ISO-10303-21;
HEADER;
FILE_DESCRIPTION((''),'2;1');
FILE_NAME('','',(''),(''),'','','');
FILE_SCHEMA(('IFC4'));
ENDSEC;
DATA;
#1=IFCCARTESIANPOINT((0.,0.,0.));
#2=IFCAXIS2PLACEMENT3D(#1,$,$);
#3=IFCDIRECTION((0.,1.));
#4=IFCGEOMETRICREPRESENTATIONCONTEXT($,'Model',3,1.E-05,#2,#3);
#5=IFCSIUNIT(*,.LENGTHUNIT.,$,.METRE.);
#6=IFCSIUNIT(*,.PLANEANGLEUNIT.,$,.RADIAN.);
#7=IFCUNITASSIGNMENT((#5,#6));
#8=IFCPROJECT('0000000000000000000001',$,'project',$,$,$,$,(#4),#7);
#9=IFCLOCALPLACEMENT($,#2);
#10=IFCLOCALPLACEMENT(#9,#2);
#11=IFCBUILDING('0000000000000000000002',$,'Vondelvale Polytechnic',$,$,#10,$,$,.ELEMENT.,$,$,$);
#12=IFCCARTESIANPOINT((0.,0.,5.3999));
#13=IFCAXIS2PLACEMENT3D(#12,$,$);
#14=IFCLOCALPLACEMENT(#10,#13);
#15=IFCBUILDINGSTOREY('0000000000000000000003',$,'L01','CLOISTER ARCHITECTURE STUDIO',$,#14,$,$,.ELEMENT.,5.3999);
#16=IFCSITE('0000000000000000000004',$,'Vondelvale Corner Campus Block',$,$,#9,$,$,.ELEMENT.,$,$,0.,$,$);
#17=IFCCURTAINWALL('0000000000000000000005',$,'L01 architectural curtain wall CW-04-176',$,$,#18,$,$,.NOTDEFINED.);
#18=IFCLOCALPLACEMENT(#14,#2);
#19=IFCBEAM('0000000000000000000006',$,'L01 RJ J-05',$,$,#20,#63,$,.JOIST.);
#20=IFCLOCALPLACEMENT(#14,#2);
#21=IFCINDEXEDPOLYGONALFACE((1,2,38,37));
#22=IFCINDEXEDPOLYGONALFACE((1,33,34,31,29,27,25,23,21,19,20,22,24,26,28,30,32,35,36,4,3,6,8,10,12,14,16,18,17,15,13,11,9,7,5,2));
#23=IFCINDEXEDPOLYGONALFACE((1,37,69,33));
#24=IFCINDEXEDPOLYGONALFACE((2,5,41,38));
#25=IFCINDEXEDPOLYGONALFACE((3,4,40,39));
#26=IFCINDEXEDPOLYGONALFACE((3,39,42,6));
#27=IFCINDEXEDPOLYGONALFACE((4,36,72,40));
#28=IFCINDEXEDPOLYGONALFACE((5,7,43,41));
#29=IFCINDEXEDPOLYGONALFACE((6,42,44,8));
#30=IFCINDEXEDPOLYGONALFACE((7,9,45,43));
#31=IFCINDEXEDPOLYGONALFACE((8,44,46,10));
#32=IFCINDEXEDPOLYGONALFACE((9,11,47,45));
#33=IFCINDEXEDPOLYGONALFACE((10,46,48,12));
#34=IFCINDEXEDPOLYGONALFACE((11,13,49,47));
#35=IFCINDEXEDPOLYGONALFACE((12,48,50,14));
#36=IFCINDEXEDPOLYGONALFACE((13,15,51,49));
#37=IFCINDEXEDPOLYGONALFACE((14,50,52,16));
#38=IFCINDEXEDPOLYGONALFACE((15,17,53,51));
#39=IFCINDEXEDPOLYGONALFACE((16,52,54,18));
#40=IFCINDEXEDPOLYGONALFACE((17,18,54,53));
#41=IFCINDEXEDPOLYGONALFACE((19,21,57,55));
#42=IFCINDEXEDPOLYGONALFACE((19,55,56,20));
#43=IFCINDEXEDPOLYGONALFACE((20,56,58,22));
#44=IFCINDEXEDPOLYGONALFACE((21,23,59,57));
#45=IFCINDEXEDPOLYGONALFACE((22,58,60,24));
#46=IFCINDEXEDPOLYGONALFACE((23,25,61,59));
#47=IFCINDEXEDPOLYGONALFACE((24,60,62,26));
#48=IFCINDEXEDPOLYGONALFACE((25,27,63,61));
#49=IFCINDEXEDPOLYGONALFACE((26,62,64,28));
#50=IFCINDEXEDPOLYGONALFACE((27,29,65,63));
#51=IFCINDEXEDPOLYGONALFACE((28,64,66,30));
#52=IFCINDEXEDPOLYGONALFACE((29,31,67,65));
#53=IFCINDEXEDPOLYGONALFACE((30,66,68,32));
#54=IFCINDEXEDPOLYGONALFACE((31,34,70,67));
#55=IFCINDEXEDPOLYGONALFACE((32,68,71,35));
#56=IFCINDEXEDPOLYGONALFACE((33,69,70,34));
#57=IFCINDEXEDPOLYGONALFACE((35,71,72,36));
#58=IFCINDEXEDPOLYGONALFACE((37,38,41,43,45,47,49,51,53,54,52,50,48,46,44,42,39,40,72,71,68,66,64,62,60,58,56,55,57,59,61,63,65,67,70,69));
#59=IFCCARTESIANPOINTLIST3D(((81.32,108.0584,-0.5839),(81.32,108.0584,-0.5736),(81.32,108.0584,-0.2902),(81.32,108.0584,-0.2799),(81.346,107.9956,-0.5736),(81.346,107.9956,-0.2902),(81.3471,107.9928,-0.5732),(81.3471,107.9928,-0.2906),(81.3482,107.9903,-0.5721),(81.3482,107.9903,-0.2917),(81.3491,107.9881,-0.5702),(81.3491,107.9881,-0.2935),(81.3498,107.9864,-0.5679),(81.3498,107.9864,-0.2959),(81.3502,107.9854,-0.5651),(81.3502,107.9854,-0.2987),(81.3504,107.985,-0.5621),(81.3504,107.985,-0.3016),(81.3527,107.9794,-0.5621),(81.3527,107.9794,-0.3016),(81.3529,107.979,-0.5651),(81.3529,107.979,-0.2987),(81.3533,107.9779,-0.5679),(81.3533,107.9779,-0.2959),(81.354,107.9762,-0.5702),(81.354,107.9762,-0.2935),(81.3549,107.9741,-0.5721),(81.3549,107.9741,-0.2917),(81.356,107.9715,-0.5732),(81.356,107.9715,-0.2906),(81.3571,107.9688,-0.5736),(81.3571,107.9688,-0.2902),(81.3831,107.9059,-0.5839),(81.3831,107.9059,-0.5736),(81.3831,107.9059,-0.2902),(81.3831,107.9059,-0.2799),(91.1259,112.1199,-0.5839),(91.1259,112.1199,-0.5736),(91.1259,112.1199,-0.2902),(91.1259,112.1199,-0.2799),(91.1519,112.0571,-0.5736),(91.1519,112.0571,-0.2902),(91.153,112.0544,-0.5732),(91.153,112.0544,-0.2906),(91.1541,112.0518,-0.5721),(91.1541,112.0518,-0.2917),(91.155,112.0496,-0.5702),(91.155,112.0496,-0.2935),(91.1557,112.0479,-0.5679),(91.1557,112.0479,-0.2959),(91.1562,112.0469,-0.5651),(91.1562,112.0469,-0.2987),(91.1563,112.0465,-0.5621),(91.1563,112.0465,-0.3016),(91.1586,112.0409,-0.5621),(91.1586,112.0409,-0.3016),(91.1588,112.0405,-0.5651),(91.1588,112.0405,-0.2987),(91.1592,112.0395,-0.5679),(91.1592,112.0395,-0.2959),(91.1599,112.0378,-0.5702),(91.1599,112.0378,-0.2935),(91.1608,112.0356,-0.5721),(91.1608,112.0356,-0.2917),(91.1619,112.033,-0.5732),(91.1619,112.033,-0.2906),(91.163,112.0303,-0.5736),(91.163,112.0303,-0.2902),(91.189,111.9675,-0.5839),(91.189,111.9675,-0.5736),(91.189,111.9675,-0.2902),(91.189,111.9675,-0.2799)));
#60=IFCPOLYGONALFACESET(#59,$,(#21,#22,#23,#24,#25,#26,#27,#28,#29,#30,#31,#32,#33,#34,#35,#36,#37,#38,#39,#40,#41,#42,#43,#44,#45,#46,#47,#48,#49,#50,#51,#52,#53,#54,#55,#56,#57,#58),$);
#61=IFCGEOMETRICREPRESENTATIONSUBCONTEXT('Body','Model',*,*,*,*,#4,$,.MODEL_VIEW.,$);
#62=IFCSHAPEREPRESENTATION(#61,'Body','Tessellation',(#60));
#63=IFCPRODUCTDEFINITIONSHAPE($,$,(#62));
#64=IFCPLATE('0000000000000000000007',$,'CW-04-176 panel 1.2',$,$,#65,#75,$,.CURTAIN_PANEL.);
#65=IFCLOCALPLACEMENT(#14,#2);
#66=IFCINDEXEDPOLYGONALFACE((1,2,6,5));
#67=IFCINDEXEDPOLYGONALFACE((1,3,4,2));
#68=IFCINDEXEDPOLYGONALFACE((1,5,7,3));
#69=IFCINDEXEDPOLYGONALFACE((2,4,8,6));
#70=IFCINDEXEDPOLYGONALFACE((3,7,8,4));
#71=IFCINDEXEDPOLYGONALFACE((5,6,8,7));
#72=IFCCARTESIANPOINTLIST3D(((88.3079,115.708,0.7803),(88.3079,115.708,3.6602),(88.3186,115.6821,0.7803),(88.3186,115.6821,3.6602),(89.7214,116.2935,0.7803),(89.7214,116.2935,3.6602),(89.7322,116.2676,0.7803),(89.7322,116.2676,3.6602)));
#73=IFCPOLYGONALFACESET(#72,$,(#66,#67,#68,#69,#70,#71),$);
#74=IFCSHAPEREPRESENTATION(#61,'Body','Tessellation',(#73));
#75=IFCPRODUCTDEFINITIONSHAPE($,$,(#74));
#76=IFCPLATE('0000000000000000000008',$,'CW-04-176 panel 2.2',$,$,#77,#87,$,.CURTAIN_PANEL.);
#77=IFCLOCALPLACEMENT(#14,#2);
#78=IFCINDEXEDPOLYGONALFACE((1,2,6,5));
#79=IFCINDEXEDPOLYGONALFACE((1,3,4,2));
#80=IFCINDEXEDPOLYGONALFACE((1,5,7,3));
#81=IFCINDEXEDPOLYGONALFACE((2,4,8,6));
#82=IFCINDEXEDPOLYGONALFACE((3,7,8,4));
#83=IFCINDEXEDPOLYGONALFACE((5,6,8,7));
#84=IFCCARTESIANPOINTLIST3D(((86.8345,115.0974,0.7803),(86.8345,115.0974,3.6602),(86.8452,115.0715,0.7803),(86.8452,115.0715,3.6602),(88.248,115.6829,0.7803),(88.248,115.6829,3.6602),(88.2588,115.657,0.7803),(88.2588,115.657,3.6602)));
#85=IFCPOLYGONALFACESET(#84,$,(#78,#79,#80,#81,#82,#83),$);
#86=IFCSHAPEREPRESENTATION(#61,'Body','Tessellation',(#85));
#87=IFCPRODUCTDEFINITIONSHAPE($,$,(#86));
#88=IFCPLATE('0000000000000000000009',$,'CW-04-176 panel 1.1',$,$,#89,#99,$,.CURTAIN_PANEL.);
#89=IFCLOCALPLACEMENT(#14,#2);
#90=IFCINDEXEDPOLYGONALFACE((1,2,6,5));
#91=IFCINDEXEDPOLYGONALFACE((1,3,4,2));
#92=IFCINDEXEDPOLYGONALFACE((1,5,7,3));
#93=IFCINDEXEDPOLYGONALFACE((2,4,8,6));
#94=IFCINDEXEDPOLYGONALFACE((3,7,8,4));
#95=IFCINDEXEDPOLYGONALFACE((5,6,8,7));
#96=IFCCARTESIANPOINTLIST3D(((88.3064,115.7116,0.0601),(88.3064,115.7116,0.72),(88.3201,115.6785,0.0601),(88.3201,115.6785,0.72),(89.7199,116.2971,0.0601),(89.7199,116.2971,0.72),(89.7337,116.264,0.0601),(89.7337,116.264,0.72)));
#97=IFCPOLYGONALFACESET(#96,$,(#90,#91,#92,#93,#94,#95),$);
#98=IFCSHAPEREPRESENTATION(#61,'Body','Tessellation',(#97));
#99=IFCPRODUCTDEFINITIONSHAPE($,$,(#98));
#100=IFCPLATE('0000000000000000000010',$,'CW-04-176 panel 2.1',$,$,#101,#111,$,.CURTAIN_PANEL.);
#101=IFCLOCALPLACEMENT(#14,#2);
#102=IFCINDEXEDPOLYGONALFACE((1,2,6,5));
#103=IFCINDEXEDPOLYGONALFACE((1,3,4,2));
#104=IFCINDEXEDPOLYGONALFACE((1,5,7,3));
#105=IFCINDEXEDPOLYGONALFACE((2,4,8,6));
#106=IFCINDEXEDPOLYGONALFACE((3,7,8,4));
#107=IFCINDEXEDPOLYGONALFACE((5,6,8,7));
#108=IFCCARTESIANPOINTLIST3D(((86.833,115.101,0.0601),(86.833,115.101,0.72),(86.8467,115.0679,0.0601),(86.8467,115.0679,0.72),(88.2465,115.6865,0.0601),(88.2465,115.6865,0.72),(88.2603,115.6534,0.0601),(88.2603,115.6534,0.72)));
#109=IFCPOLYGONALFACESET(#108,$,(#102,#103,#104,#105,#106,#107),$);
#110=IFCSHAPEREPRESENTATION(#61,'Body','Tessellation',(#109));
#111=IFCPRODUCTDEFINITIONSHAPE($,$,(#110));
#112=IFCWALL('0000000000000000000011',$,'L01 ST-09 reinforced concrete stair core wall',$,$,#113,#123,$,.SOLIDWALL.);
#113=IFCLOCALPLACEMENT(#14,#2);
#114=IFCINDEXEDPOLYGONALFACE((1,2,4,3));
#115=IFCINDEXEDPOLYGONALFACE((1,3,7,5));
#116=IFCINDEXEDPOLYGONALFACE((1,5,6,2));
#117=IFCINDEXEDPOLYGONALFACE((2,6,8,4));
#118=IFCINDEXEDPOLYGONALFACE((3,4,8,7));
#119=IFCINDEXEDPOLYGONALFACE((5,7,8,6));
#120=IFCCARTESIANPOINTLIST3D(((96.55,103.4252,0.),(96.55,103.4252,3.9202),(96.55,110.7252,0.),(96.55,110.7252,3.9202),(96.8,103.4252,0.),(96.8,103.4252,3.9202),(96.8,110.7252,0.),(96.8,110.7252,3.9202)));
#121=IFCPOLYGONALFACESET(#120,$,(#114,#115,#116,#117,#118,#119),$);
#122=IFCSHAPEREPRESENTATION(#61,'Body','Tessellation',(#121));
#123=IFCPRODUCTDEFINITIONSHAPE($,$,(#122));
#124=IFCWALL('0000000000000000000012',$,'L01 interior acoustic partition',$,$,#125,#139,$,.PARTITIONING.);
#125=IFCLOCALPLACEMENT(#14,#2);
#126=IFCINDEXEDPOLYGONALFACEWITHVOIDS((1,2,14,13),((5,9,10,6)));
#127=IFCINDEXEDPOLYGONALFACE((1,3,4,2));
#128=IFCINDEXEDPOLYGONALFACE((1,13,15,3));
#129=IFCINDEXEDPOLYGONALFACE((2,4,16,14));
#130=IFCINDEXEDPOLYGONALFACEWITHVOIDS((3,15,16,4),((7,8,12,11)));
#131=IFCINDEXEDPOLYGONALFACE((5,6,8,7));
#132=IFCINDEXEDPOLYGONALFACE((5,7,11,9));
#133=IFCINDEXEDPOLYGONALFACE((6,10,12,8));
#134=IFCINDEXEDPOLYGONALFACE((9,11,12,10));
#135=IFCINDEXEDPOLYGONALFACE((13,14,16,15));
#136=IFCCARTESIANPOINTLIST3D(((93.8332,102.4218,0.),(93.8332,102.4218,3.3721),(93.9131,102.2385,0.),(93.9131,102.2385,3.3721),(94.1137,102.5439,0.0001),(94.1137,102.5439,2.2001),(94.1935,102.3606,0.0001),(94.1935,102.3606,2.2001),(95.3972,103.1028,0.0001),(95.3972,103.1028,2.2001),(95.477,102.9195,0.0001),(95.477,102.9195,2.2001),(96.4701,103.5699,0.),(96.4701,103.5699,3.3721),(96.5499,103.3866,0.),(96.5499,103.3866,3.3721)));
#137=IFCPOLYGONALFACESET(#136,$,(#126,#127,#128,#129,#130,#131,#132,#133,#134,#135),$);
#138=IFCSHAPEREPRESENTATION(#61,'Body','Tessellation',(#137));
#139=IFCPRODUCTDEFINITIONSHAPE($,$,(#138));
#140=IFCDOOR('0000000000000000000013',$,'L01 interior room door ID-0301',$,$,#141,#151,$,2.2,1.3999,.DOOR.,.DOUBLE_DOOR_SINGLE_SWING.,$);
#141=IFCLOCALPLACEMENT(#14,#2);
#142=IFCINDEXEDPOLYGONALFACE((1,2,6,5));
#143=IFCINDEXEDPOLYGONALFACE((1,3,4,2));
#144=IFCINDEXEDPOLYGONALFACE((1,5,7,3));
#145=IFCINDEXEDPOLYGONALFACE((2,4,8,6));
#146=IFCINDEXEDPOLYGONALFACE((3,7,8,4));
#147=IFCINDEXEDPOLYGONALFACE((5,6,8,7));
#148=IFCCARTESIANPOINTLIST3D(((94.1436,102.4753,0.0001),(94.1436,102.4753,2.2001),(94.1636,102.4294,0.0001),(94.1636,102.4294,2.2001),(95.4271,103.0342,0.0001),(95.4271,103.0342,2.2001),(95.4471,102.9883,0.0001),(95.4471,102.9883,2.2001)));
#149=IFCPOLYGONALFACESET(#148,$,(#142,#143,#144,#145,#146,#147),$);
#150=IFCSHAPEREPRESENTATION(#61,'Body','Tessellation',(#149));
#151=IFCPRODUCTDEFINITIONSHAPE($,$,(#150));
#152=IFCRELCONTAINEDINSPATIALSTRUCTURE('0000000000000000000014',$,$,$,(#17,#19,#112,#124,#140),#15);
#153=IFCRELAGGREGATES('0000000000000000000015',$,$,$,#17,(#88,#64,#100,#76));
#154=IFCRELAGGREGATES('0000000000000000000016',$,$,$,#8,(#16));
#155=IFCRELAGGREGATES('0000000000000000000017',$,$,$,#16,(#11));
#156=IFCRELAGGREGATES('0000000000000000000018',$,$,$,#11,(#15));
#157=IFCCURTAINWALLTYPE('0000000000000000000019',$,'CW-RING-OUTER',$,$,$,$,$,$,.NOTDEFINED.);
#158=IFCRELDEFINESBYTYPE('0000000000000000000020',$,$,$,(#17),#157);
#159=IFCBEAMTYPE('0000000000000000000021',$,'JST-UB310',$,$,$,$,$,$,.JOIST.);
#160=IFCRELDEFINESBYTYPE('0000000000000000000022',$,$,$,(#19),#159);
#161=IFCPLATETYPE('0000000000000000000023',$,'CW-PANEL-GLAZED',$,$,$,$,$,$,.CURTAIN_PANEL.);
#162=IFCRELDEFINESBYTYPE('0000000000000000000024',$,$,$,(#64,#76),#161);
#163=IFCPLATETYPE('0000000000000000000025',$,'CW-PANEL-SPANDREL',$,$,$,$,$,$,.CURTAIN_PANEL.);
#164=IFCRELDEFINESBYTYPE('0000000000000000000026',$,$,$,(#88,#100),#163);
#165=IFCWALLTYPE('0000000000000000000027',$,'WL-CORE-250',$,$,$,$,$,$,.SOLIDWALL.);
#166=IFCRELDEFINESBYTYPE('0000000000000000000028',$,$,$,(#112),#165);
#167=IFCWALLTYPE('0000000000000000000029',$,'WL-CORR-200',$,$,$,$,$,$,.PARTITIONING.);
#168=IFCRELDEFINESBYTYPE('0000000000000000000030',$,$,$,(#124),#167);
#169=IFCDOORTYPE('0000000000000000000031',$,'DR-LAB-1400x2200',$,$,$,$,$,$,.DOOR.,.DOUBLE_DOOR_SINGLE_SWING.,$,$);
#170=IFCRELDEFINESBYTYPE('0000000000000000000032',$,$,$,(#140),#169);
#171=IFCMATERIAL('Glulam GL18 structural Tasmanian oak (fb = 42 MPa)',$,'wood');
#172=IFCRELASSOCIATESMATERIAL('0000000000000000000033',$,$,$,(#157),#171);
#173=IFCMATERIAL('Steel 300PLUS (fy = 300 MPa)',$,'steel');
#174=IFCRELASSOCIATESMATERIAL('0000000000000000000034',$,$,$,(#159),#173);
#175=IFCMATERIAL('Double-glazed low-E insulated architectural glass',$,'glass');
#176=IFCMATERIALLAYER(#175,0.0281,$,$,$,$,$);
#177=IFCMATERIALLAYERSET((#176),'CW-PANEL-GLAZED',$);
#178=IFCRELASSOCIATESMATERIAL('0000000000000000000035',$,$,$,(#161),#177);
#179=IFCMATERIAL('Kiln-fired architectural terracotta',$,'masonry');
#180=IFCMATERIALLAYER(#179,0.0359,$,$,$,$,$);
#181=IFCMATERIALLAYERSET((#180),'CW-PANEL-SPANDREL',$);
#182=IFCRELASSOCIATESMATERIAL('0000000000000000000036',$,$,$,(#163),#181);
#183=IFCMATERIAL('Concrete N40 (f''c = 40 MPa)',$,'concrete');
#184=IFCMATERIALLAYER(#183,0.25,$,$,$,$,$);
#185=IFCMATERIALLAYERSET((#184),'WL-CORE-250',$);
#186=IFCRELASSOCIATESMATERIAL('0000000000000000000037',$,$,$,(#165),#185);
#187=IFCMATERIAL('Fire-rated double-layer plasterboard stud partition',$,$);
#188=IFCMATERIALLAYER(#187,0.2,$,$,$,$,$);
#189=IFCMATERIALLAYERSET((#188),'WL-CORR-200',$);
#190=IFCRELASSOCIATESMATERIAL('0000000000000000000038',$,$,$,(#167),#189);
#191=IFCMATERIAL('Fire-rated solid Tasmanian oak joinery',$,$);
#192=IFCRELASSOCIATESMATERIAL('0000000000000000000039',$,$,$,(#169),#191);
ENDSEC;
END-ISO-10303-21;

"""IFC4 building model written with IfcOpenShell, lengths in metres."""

from ifc_helpers import new_model, si_unit, direction, frame, frame_2d, origin, origin_2d, place, context, subcontext, project, spatial, rectangle, i_section, extrude, material, layer, layer_set, material_profile, profile_set, type_object, element, fill, aggregate, save


model = new_model("IFC4")

# Units and contexts
model_context = context("Model", 3, precision=1e-05, world=origin(), true_north=direction((0.0, 1.0)))
body_context = subcontext(model_context, "Body", "Model", "MODEL_VIEW")
ifc_project = project(units=[si_unit("LENGTHUNIT", "METRE"), si_unit("PLANEANGLEUNIT", "RADIAN")], contexts=[model_context])

# Site, building, storey
site_placement = place(None, origin())
site = spatial("IfcSite", under=ifc_project, at=site_placement, Name="Vondelvale Corner Campus Block", CompositionType="ELEMENT", RefElevation=0.0)
building_placement = place(site_placement, origin())
building = spatial("IfcBuilding", under=site, at=building_placement, Name="Vondelvale Polytechnic", CompositionType="ELEMENT")
storey_placement = place(building_placement, frame((0.0, 0.0, 5.3999)))
storey = spatial("IfcBuildingStorey", under=building, at=storey_placement, Name="L01", Description="CLOISTER ARCHITECTURE STUDIO", CompositionType="ELEMENT", Elevation=5.3999)

# Shared definitions
ifc_material_1 = material(Name="Glulam GL18 structural Tasmanian oak (fb = 42 MPa)", Category="wood")
ifc_material_2 = material(Name="Steel 300PLUS (fy = 300 MPa)", Category="steel")

# Curtain wall
curtain_wall_type = type_object("IfcCurtainWallType", Name="CW-RING-OUTER", PredefinedType="NOTDEFINED", material=ifc_material_1)
curtain_wall_1_placement = place(storey_placement, origin())
curtain_wall_1 = element("IfcCurtainWall", 1, at=curtain_wall_1_placement, inside=storey, type_object=curtain_wall_type, Name="L01 architectural curtain wall CW-04-176", PredefinedType="NOTDEFINED")

# Beam
ifc_material_profile_1 = material_profile(ifc_material_2, i_section(OverallWidth=0.165, OverallDepth=0.304, WebThickness=0.0061, FlangeThickness=0.0103, FilletRadius=0.0115, at=origin_2d()), Name="310UB40.4")
ifc_profile_set_1 = profile_set([ifc_material_profile_1], Name="Steel 300PLUS (fy = 300 MPa)")
beam_type_1 = type_object("IfcBeamType", Name="JST-UB310", PredefinedType="JOIST", material=ifc_profile_set_1)
beam_1_placement = place(storey_placement, frame((91.1575, 112.0437, -0.4319), z_axis=(-0.923887, -0.382666, 0.0), x_axis=(0.382666, -0.923887, 0.0)))
element("IfcBeam", 2, at=beam_1_placement, inside=storey, type_object=beam_type_1, Name="L01 RJ J-05", PredefinedType="JOIST", context=body_context, shape_type="SweptSolid", body=[
    extrude(i_section(OverallWidth=0.165, OverallDepth=0.304, WebThickness=0.0061, FlangeThickness=0.0103, FilletRadius=0.0115, at=origin_2d()), origin(), (0.0, 0.0, 1.0), 10.6138),
])

# Plates
ifc_material_3 = material(Name="Double-glazed low-E insulated architectural glass", Category="glass")
ifc_layer_1 = layer(ifc_material_3, 0.0281)
ifc_layer_set_1 = layer_set([ifc_layer_1], Name="CW-PANEL-GLAZED")
plate_type_1 = type_object("IfcPlateType", Name="CW-PANEL-GLAZED", PredefinedType="CURTAIN_PANEL", material=ifc_layer_set_1)
plate_1_placement = place(storey_placement, frame((89.02, 115.9878, 0.7803), z_axis=(0.0, 0.0, 1.0), x_axis=(-0.923882, -0.382677, 0.0)))
plate_1 = element("IfcPlate", 3, at=plate_1_placement, type_object=plate_type_1, Name="CW-04-176 panel 1.2", PredefinedType="CURTAIN_PANEL", context=body_context, shape_type="SweptSolid", body=[
    extrude(rectangle(XDim=1.53, YDim=0.0281, at=origin_2d()), origin(), (0.0, 0.0, 1.0), 2.8799),
])
plate_2_placement = place(storey_placement, frame((87.5466, 115.3772, 0.7803), z_axis=(0.0, 0.0, 1.0), x_axis=(-0.923882, -0.382677, 0.0)))
plate_2 = element("IfcPlate", 4, at=plate_2_placement, type_object=plate_type_1, Name="CW-04-176 panel 2.2", PredefinedType="CURTAIN_PANEL", context=body_context, shape_type="SweptSolid", body=[
    extrude(rectangle(XDim=1.53, YDim=0.0281, at=origin_2d()), origin(), (0.0, 0.0, 1.0), 2.8799),
])
ifc_material_4 = material(Name="Kiln-fired architectural terracotta", Category="masonry")
ifc_layer_2 = layer(ifc_material_4, 0.0359)
ifc_layer_set_2 = layer_set([ifc_layer_2], Name="CW-PANEL-SPANDREL")
plate_type_2 = type_object("IfcPlateType", Name="CW-PANEL-SPANDREL", PredefinedType="CURTAIN_PANEL", material=ifc_layer_set_2)
plate_3_placement = place(storey_placement, frame((89.02, 115.9878, 0.0601), z_axis=(0.0, 0.0, 1.0), x_axis=(-0.923882, -0.382677, 0.0)))
plate_3 = element("IfcPlate", 5, at=plate_3_placement, type_object=plate_type_2, Name="CW-04-176 panel 1.1", PredefinedType="CURTAIN_PANEL", context=body_context, shape_type="SweptSolid", body=[
    extrude(rectangle(XDim=1.53, YDim=0.0359, at=origin_2d()), origin(), (0.0, 0.0, 1.0), 0.6599),
])
plate_4_placement = place(storey_placement, frame((87.5466, 115.3772, 0.0601), z_axis=(0.0, 0.0, 1.0), x_axis=(-0.923882, -0.382677, 0.0)))
plate_4 = element("IfcPlate", 6, at=plate_4_placement, type_object=plate_type_2, Name="CW-04-176 panel 2.1", PredefinedType="CURTAIN_PANEL", context=body_context, shape_type="SweptSolid", body=[
    extrude(rectangle(XDim=1.53, YDim=0.0359, at=origin_2d()), origin(), (0.0, 0.0, 1.0), 0.6599),
])
aggregate(curtain_wall_1, [plate_3, plate_1, plate_4, plate_2])

# Wall
ifc_material_5 = material(Name="Concrete N40 (f'c = 40 MPa)", Category="concrete")
ifc_layer_3 = layer(ifc_material_5, 0.25)
ifc_layer_set_3 = layer_set([ifc_layer_3], Name="WL-CORE-250")
wall_type_1 = type_object("IfcWallType", Name="WL-CORE-250", PredefinedType="SOLIDWALL", material=ifc_layer_set_3)
wall_1_placement = place(storey_placement, frame((96.675, 110.7251, 0.0), z_axis=(0.0, 0.0, 1.0), x_axis=(0.0, -1.0, 0.0)))
element("IfcWall", 7, at=wall_1_placement, inside=storey, type_object=wall_type_1, Name="L01 ST-09 reinforced concrete stair core wall", PredefinedType="SOLIDWALL", context=body_context, shape_type="SweptSolid", body=[
    extrude(rectangle(XDim=7.3, YDim=0.25, at=frame_2d((3.6499, 0.0))), origin(), (0.0, 0.0, 1.0), 3.9202),
])

# Wall, opening, door
ifc_material_6 = material(Name="Fire-rated double-layer plasterboard stud partition")
ifc_layer_4 = layer(ifc_material_6, 0.2)
ifc_layer_set_4 = layer_set([ifc_layer_4], Name="WL-CORR-200")
wall_type_2 = type_object("IfcWallType", Name="WL-CORR-200", PredefinedType="PARTITIONING", material=ifc_layer_set_4)
wall_2_placement = place(storey_placement, frame((96.51, 103.4783, 0.0), z_axis=(0.0, 0.0, 1.0), x_axis=(-0.916855, -0.39922, 0.0)))
wall_2 = element("IfcWall", 8, at=wall_2_placement, inside=storey, type_object=wall_type_2, Name="L01 interior acoustic partition", PredefinedType="PARTITIONING", context=body_context, shape_type="SweptSolid", body=[
    extrude(rectangle(XDim=2.876, YDim=0.2, at=frame_2d((1.438, 0.0))), origin(), (0.0, 0.0, 1.0), 3.3721),
])
opening_placement = place(wall_2_placement, frame((1.1702, 0.0, 0.0)))
opening = element("IfcOpeningElement", 9, at=opening_placement, cuts=wall_2, PredefinedType="OPENING", context=body_context, shape_type="SweptSolid", body=[
    extrude(rectangle(XDim=1.3999, YDim=2.2, at=frame_2d((0.7, 1.1001))), frame((0.0, 0.1099, 0.0), z_axis=(0.0, -1.0, 0.0), x_axis=(1.0, 0.0, 0.0)), (0.0, 0.0, 1.0), 0.22),
])
ifc_material_7 = material(Name="Fire-rated solid Tasmanian oak joinery")
door_type = type_object("IfcDoorType", Name="DR-LAB-1400x2200", OperationType="DOUBLE_DOOR_SINGLE_SWING", PredefinedType="DOOR", material=ifc_material_7)
door_placement = place(opening_placement, origin())
door = element("IfcDoor", 10, at=door_placement, inside=storey, type_object=door_type, Name="L01 interior room door ID-0301", OperationType="DOUBLE_DOOR_SINGLE_SWING", OverallHeight=2.2, OverallWidth=1.3999, PredefinedType="DOOR", context=body_context, shape_type="SweptSolid", body=[
    extrude(rectangle(XDim=1.3999, YDim=2.2, at=frame_2d((0.7, 1.1001))), frame((0.0, 0.0249, 0.0), z_axis=(0.0, -1.0, 0.0), x_axis=(1.0, 0.0, 0.0)), (0.0, 0.0, 1.0), 0.05),
])
fill(opening, door)

save(model, "model.ifc")
